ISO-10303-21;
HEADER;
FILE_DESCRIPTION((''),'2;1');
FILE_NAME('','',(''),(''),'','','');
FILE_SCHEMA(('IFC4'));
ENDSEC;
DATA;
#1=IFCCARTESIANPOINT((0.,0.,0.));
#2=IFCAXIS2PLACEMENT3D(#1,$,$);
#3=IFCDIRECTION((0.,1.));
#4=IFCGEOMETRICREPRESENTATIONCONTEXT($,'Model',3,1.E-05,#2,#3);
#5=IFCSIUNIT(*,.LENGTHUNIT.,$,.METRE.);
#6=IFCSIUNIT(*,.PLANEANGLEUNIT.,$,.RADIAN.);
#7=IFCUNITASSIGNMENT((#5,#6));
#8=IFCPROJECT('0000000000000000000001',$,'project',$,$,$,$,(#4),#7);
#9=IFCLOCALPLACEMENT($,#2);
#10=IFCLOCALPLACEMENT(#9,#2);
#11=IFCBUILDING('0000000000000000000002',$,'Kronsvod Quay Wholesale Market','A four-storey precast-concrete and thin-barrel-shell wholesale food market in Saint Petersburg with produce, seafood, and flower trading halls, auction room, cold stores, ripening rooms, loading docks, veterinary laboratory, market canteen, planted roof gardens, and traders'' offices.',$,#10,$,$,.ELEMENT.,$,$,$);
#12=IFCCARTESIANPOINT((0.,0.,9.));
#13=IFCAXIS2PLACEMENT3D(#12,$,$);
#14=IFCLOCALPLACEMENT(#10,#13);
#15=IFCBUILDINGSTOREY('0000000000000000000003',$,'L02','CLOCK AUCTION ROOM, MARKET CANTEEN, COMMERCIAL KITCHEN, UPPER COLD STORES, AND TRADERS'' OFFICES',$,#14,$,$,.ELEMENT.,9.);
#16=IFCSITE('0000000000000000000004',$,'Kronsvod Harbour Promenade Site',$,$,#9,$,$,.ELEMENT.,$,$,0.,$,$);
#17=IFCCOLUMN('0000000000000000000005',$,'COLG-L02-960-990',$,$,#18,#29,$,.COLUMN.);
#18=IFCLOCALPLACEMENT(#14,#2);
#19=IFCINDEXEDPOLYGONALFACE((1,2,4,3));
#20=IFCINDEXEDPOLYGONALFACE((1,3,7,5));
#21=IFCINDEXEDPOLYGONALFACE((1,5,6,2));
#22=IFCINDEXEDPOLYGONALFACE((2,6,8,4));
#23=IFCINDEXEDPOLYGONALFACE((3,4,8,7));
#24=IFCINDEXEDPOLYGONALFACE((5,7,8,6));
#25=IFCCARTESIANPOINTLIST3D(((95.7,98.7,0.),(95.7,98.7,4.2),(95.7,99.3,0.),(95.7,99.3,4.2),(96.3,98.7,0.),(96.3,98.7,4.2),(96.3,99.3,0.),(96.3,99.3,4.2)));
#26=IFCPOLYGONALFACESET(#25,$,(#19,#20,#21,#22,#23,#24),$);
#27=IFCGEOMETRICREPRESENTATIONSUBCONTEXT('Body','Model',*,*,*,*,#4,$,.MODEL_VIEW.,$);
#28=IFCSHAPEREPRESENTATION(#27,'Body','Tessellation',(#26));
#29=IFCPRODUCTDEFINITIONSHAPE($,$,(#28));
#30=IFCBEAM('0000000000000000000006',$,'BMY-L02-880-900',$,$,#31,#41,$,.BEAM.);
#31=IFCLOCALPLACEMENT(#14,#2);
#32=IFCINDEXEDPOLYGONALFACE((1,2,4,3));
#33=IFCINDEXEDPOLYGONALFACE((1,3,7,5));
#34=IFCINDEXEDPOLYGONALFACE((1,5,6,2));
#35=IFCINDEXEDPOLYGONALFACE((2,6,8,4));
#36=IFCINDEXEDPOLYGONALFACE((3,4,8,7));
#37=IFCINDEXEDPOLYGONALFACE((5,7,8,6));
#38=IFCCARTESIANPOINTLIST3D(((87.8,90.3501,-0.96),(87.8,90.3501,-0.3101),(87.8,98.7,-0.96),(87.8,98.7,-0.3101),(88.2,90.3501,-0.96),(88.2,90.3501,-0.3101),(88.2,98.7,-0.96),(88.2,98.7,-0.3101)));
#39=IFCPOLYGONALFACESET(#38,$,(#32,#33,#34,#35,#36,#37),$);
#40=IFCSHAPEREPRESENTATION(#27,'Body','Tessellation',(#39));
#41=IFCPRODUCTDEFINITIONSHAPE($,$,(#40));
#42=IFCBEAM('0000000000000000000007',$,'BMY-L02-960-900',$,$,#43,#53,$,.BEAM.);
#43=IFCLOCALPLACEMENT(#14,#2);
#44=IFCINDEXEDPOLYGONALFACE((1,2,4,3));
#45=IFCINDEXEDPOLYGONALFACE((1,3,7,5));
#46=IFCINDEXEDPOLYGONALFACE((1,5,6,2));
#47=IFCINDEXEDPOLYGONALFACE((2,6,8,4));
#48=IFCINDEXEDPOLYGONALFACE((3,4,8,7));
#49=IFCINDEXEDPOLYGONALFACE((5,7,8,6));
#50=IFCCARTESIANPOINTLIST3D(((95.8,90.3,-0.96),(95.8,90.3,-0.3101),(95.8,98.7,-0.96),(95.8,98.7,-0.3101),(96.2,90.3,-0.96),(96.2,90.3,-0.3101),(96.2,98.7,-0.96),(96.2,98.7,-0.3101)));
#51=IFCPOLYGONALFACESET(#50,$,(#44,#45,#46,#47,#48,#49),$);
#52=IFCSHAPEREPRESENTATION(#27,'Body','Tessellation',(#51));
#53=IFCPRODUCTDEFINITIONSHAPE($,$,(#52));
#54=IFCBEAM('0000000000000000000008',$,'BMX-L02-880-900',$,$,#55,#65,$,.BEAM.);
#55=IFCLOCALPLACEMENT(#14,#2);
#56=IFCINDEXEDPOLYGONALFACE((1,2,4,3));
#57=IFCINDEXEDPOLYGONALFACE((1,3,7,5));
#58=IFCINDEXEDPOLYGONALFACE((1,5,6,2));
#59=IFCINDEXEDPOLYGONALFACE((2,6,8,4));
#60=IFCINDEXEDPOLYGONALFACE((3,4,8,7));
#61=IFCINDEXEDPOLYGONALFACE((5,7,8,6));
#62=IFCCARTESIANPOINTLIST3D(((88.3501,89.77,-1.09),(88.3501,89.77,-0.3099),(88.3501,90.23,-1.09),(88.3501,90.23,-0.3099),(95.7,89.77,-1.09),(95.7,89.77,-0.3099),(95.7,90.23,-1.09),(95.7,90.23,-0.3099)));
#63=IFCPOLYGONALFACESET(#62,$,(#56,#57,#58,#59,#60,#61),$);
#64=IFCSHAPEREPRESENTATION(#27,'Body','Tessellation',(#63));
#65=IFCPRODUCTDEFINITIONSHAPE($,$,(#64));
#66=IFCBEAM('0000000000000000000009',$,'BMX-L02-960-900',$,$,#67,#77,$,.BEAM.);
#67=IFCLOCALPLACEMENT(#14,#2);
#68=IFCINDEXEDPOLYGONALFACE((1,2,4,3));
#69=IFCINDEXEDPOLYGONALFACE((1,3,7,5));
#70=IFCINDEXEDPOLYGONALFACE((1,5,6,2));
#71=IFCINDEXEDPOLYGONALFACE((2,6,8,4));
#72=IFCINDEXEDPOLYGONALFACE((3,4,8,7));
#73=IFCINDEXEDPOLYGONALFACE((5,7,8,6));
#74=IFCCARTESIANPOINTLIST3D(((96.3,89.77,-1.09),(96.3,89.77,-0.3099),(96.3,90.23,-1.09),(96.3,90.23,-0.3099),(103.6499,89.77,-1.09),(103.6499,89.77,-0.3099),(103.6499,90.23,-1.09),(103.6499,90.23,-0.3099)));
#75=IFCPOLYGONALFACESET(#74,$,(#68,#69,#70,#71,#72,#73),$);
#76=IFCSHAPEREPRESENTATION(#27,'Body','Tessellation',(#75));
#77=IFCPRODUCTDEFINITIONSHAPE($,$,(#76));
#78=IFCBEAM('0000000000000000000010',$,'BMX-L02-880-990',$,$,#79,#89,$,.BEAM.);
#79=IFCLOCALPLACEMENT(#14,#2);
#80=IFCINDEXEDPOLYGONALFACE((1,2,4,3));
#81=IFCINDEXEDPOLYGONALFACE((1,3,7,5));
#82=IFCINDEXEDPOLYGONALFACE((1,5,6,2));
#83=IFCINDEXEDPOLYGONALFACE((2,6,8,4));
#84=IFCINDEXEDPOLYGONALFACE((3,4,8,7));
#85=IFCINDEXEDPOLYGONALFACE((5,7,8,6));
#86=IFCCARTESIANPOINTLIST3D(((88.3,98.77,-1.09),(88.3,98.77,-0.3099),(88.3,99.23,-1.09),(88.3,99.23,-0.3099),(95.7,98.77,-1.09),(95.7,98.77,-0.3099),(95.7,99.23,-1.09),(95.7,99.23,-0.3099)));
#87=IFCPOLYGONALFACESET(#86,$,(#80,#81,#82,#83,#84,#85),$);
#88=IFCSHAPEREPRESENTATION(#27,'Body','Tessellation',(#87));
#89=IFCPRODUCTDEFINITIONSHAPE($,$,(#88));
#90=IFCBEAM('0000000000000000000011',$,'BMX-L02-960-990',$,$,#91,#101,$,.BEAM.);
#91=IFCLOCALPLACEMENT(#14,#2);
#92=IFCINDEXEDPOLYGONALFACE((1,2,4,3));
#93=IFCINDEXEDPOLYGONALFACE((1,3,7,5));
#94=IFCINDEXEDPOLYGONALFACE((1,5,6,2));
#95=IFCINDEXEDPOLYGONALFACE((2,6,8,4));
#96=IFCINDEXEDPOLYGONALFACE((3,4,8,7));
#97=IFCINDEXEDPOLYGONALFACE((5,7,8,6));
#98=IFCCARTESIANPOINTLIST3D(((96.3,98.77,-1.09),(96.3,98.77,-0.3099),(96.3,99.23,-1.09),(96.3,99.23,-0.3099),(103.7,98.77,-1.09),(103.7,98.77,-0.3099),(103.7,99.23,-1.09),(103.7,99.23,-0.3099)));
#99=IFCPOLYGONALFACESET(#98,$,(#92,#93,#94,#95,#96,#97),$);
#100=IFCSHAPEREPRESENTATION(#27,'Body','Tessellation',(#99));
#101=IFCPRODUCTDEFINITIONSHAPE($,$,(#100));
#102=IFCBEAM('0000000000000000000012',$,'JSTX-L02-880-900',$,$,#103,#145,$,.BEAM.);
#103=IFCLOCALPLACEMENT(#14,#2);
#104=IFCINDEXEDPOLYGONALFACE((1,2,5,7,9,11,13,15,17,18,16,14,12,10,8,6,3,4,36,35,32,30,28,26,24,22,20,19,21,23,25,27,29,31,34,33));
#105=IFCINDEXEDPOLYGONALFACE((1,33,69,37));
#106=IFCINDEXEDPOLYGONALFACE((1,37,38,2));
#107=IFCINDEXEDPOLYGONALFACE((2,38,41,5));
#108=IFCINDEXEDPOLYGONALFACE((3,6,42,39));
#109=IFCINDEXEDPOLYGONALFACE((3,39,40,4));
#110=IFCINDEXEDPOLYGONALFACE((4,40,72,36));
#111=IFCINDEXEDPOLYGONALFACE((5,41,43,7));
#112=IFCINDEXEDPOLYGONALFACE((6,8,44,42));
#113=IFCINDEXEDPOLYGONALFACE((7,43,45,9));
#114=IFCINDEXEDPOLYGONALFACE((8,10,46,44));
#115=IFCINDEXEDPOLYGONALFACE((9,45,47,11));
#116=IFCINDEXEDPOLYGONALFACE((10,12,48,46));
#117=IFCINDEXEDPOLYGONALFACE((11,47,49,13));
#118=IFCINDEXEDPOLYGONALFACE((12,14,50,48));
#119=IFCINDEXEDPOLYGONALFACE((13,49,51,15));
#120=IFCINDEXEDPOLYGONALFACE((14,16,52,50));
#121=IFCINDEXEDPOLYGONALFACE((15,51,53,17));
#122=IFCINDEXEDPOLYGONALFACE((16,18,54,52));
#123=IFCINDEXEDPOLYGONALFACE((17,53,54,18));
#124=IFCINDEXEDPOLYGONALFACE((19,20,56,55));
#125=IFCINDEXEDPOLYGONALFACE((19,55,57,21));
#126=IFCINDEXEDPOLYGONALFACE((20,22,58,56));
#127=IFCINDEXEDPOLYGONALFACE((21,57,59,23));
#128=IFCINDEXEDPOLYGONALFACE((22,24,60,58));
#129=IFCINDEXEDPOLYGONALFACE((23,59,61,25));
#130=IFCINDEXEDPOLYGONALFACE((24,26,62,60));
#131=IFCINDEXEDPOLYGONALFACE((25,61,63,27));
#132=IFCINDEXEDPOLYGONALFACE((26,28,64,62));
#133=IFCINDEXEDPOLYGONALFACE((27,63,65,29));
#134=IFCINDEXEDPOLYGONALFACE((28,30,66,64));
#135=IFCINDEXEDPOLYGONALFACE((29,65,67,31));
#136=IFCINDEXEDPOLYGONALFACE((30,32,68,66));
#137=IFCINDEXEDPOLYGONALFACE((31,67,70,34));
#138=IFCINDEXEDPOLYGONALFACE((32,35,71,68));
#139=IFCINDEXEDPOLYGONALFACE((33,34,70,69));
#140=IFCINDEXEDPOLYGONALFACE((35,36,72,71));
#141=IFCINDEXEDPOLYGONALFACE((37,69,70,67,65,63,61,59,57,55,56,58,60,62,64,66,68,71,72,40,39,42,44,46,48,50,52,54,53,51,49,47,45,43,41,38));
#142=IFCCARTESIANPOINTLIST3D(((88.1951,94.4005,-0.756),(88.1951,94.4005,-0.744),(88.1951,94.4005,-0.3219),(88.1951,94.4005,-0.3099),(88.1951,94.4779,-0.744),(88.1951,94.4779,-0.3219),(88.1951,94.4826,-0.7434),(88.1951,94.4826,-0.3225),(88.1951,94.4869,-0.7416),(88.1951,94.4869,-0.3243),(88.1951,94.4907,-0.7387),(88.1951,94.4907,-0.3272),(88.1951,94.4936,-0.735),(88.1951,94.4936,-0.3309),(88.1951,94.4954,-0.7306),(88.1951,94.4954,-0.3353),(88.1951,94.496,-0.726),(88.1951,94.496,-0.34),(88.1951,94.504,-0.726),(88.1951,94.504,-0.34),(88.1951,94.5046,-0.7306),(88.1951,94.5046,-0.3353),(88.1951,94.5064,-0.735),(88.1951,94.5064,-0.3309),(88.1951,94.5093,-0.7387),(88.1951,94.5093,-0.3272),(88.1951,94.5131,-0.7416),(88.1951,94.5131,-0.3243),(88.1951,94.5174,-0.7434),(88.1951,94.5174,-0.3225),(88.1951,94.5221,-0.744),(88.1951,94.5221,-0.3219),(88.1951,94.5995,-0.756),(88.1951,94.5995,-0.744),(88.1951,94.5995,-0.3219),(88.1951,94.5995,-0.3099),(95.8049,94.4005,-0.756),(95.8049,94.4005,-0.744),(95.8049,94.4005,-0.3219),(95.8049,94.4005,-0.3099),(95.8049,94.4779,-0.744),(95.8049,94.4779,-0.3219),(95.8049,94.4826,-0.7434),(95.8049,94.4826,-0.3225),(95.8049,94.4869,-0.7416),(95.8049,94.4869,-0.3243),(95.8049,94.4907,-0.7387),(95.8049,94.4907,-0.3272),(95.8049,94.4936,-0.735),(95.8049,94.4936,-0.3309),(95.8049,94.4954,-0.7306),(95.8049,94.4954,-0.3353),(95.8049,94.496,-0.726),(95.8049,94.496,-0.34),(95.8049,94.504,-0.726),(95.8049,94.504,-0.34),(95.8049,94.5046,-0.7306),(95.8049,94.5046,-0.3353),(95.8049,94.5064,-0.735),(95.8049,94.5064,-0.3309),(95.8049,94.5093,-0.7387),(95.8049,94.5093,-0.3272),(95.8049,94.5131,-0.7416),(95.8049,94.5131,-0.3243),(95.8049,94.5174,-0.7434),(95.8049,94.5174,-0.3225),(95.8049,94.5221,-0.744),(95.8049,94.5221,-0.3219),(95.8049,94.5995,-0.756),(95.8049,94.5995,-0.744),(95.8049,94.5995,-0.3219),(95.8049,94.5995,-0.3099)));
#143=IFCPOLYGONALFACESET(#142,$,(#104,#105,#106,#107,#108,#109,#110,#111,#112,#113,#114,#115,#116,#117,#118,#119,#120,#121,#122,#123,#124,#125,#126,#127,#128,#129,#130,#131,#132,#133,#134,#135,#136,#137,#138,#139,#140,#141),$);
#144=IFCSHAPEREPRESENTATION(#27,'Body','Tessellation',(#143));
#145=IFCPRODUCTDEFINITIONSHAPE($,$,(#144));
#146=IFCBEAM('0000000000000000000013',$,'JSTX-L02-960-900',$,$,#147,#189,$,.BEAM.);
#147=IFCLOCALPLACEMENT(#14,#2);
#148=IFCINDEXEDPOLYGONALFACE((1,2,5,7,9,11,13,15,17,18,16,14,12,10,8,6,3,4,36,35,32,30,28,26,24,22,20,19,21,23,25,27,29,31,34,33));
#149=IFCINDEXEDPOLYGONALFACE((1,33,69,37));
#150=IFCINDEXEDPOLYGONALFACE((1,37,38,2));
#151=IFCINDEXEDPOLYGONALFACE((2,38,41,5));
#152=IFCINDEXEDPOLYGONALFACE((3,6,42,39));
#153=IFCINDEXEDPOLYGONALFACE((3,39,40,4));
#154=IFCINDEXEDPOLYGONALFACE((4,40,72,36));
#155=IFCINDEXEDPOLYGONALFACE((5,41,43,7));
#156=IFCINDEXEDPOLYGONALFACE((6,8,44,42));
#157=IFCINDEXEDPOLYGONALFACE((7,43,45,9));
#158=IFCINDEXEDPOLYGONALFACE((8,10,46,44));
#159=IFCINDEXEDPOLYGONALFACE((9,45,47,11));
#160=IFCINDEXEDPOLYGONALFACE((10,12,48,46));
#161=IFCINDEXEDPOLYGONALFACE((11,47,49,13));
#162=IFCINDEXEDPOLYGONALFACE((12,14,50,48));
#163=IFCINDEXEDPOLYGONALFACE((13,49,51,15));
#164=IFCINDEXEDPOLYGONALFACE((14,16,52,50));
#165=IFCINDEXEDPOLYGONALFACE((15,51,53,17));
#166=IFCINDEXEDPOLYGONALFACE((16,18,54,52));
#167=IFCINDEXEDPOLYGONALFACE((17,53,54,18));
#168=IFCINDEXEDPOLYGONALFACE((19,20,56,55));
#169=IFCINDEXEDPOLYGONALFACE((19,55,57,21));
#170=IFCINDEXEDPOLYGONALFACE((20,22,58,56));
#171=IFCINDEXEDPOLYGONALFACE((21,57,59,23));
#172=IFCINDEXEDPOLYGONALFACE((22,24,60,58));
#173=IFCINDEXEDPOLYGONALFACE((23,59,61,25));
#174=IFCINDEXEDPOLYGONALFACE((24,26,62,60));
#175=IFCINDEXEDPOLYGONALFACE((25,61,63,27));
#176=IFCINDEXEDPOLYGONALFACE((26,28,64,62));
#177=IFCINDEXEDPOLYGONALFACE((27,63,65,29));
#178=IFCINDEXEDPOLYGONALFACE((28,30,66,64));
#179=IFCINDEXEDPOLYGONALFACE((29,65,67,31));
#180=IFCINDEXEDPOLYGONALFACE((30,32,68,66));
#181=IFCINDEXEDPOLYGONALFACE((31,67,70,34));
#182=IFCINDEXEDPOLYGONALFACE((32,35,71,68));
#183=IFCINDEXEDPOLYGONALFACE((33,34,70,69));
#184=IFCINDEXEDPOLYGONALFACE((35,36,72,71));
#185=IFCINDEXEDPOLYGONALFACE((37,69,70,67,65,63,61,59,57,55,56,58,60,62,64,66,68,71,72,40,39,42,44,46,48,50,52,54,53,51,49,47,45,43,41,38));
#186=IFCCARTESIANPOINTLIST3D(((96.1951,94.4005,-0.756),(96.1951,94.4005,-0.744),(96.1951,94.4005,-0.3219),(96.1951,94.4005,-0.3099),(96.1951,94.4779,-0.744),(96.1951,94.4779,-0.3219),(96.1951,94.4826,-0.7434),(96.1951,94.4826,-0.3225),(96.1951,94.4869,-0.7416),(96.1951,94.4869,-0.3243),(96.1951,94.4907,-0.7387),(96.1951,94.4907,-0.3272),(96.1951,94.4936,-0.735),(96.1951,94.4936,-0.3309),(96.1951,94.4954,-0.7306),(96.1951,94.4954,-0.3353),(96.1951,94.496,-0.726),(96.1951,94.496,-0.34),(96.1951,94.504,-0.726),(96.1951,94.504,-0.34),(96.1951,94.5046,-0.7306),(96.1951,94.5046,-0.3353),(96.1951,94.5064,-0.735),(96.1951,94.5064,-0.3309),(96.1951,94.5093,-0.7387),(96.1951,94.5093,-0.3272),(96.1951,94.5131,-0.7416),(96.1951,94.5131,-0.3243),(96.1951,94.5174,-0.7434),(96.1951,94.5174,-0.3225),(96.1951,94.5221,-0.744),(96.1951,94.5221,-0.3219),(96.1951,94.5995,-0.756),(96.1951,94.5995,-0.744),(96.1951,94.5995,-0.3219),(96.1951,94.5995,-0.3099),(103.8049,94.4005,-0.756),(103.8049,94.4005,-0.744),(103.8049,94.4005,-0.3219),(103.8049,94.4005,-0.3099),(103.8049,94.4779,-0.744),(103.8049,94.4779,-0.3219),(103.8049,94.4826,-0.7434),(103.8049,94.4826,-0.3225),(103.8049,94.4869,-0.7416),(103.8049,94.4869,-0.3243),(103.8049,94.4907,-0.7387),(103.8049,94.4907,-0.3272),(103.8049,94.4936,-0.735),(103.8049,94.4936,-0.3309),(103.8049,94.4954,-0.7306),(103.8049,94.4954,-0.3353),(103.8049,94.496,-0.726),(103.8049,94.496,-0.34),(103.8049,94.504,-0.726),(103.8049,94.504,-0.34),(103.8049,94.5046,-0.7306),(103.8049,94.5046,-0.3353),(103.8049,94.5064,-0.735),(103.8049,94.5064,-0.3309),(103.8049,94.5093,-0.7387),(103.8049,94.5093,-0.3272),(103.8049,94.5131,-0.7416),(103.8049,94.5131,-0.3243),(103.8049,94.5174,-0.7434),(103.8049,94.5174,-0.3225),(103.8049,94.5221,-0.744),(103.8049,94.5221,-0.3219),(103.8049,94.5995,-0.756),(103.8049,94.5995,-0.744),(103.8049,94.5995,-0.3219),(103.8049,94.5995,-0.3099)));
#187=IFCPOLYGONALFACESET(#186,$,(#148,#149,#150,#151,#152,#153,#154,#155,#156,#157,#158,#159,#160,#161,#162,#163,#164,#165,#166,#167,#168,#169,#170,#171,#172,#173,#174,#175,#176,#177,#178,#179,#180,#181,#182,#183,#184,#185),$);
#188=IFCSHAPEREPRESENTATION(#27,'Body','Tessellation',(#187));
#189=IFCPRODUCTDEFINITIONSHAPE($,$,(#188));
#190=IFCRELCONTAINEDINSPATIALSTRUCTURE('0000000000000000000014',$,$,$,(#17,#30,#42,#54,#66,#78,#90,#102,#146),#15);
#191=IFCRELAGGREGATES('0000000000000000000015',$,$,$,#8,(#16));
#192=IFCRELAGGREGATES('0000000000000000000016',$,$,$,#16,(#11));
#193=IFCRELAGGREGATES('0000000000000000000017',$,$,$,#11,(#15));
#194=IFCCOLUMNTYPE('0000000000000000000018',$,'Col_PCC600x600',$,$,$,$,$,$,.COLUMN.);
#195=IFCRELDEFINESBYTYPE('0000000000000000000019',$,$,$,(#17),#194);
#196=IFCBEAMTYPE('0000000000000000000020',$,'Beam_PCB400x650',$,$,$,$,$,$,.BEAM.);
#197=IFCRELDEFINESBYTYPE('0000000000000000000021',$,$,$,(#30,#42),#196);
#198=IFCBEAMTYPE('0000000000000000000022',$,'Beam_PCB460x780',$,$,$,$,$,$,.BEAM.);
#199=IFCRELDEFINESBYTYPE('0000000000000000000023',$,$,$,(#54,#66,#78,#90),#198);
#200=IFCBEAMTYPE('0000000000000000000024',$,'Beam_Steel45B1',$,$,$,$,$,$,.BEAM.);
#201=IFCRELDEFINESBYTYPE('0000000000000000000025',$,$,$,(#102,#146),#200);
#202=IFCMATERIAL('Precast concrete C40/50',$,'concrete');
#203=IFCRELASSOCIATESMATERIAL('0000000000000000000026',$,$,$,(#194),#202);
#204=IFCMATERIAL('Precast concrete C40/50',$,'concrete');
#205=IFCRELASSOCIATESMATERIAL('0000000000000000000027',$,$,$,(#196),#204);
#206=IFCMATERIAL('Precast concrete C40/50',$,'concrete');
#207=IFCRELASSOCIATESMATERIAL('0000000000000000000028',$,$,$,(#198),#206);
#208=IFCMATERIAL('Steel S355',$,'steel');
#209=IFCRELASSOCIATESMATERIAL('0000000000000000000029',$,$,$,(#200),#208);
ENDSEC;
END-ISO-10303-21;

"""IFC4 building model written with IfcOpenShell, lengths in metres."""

from ifc_helpers import new_model, si_unit, direction, frame, origin, origin_2d, place, context, subcontext, project, spatial, rectangle, i_section, extrude, material, material_profile, profile_set, type_object, element, save


model = new_model("IFC4")

# Units and contexts
model_context = context("Model", 3, precision=1e-05, world=origin(), true_north=direction((0.0, 1.0)))
body_context = subcontext(model_context, "Body", "Model", "MODEL_VIEW")
ifc_project = project(units=[si_unit("LENGTHUNIT", "METRE"), si_unit("PLANEANGLEUNIT", "RADIAN")], contexts=[model_context])

# Site, building, storey
site_placement = place(None, origin())
site = spatial("IfcSite", under=ifc_project, at=site_placement, Name="Kronsvod Harbour Promenade Site", CompositionType="ELEMENT", RefElevation=0.0)
building_placement = place(site_placement, origin())
building = spatial("IfcBuilding", under=site, at=building_placement, Name="Kronsvod Quay Wholesale Market", Description="A four-storey precast-concrete and thin-barrel-shell wholesale food market in Saint Petersburg with produce, seafood, and flower trading halls, auction room, cold stores, ripening rooms, loading docks, veterinary laboratory, market canteen, planted roof gardens, and traders' offices.", CompositionType="ELEMENT")
storey_placement = place(building_placement, frame((0.0, 0.0, 9.0)))
storey = spatial("IfcBuildingStorey", under=building, at=storey_placement, Name="L02", Description="CLOCK AUCTION ROOM, MARKET CANTEEN, COMMERCIAL KITCHEN, UPPER COLD STORES, AND TRADERS' OFFICES", CompositionType="ELEMENT", Elevation=9.0)

# Column
ifc_material_1 = material(Name="Precast concrete C40/50", Category="concrete")
ifc_material_profile_1 = material_profile(ifc_material_1, rectangle(XDim=0.6001, YDim=0.6001, at=origin_2d()), Name="PCC600x600")
ifc_profile_set_1 = profile_set([ifc_material_profile_1], Name="Precast concrete C40/50")
column_type = type_object("IfcColumnType", Name="Col_PCC600x600", PredefinedType="COLUMN", material=ifc_profile_set_1)
column_placement = place(storey_placement, frame((96.0, 99.0, 0.0), z_axis=(0.0, 0.0, 1.0), x_axis=(1.0, 0.0, 0.0)))
element("IfcColumn", 1, at=column_placement, inside=storey, type_object=column_type, Name="COLG-L02-960-990", PredefinedType="COLUMN", context=body_context, shape_type="SweptSolid", body=[
    extrude(rectangle(XDim=0.6001, YDim=0.6001, at=origin_2d()), origin(), (0.0, 0.0, 1.0), 4.2),
])

# Beams
ifc_material_2 = material(Name="Precast concrete C40/50", Category="concrete")
ifc_material_profile_2 = material_profile(ifc_material_2, rectangle(XDim=0.3999, YDim=0.6499, at=origin_2d()), Name="PCB400x650")
ifc_profile_set_2 = profile_set([ifc_material_profile_2], Name="Precast concrete C40/50")
beam_type_1 = type_object("IfcBeamType", Name="Beam_PCB400x650", PredefinedType="BEAM", material=ifc_profile_set_2)
beam_1_placement = place(storey_placement, frame((88.0, 90.3501, -0.635), z_axis=(0.0, 1.0, 0.0), x_axis=(-1.0, 0.0, 0.0)))
element("IfcBeam", 2, at=beam_1_placement, inside=storey, type_object=beam_type_1, Name="BMY-L02-880-900", PredefinedType="BEAM", context=body_context, shape_type="SweptSolid", body=[
    extrude(rectangle(XDim=0.3999, YDim=0.6499, at=origin_2d()), origin(), (0.0, 0.0, 1.0), 8.3499),
])
beam_2_placement = place(storey_placement, frame((96.0, 90.3, -0.635), z_axis=(0.0, 1.0, 0.0), x_axis=(-1.0, 0.0, 0.0)))
element("IfcBeam", 3, at=beam_2_placement, inside=storey, type_object=beam_type_1, Name="BMY-L02-960-900", PredefinedType="BEAM", context=body_context, shape_type="SweptSolid", body=[
    extrude(rectangle(XDim=0.3999, YDim=0.6499, at=origin_2d()), origin(), (0.0, 0.0, 1.0), 8.3999),
])
ifc_material_3 = material(Name="Precast concrete C40/50", Category="concrete")
ifc_material_profile_3 = material_profile(ifc_material_3, rectangle(XDim=0.46, YDim=0.78, at=origin_2d()), Name="PB-03")
ifc_profile_set_3 = profile_set([ifc_material_profile_3], Name="Precast concrete C40/50")
beam_type_2 = type_object("IfcBeamType", Name="Beam_PCB460x780", PredefinedType="BEAM", material=ifc_profile_set_3)
for number, where, z_axis, x_axis, name in (
    (4, (88.3501, 90.0, -0.7), (1.0, 0.0, 0.0), (0.0, 1.0, 0.0), "BMX-L02-880-900"),
    (5, (96.3, 90.0, -0.7), (1.0, 0.0, 0.0), (0.0, 1.0, 0.0), "BMX-L02-960-900"),
):
    element("IfcBeam", number, at=place(storey_placement, frame(where, z_axis=z_axis, x_axis=x_axis)), inside=storey, type_object=beam_type_2, Name=name, PredefinedType="BEAM", context=body_context, shape_type="SweptSolid", body=[
        extrude(rectangle(XDim=0.46, YDim=0.78, at=origin_2d()), origin(), (0.0, 0.0, 1.0), 7.3499),
    ])
for number, where, z_axis, x_axis, name in (
    (6, (88.3, 99.0, -0.7), (1.0, 0.0, 0.0), (0.0, 1.0, 0.0), "BMX-L02-880-990"),
    (7, (96.3, 99.0, -0.7), (1.0, 0.0, 0.0), (0.0, 1.0, 0.0), "BMX-L02-960-990"),
):
    element("IfcBeam", number, at=place(storey_placement, frame(where, z_axis=z_axis, x_axis=x_axis)), inside=storey, type_object=beam_type_2, Name=name, PredefinedType="BEAM", context=body_context, shape_type="SweptSolid", body=[
        extrude(rectangle(XDim=0.46, YDim=0.78, at=origin_2d()), origin(), (0.0, 0.0, 1.0), 7.3999),
    ])
ifc_material_4 = material(Name="Steel S355", Category="steel")
ifc_material_profile_4 = material_profile(ifc_material_4, i_section(OverallWidth=0.199, OverallDepth=0.446, WebThickness=0.0081, FlangeThickness=0.012, FilletRadius=0.0181, at=origin_2d()), Name="45B1")
ifc_profile_set_4 = profile_set([ifc_material_profile_4], Name="Steel S355")
beam_type_3 = type_object("IfcBeamType", Name="Beam_Steel45B1", PredefinedType="BEAM", material=ifc_profile_set_4)
for number, where, z_axis, x_axis, name in (
    (8, (88.1951, 94.5, -0.533), (1.0, 0.0, 0.0), (0.0, 1.0, 0.0), "JSTX-L02-880-900"),
    (9, (96.1951, 94.5, -0.533), (1.0, 0.0, 0.0), (0.0, 1.0, 0.0), "JSTX-L02-960-900"),
):
    element("IfcBeam", number, at=place(storey_placement, frame(where, z_axis=z_axis, x_axis=x_axis)), inside=storey, type_object=beam_type_3, Name=name, PredefinedType="BEAM", context=body_context, shape_type="SweptSolid", body=[
        extrude(i_section(OverallWidth=0.199, OverallDepth=0.446, WebThickness=0.0081, FlangeThickness=0.012, FilletRadius=0.0181, at=origin_2d()), origin(), (0.0, 0.0, 1.0), 7.6099),
    ])

save(model, "model.ifc")
